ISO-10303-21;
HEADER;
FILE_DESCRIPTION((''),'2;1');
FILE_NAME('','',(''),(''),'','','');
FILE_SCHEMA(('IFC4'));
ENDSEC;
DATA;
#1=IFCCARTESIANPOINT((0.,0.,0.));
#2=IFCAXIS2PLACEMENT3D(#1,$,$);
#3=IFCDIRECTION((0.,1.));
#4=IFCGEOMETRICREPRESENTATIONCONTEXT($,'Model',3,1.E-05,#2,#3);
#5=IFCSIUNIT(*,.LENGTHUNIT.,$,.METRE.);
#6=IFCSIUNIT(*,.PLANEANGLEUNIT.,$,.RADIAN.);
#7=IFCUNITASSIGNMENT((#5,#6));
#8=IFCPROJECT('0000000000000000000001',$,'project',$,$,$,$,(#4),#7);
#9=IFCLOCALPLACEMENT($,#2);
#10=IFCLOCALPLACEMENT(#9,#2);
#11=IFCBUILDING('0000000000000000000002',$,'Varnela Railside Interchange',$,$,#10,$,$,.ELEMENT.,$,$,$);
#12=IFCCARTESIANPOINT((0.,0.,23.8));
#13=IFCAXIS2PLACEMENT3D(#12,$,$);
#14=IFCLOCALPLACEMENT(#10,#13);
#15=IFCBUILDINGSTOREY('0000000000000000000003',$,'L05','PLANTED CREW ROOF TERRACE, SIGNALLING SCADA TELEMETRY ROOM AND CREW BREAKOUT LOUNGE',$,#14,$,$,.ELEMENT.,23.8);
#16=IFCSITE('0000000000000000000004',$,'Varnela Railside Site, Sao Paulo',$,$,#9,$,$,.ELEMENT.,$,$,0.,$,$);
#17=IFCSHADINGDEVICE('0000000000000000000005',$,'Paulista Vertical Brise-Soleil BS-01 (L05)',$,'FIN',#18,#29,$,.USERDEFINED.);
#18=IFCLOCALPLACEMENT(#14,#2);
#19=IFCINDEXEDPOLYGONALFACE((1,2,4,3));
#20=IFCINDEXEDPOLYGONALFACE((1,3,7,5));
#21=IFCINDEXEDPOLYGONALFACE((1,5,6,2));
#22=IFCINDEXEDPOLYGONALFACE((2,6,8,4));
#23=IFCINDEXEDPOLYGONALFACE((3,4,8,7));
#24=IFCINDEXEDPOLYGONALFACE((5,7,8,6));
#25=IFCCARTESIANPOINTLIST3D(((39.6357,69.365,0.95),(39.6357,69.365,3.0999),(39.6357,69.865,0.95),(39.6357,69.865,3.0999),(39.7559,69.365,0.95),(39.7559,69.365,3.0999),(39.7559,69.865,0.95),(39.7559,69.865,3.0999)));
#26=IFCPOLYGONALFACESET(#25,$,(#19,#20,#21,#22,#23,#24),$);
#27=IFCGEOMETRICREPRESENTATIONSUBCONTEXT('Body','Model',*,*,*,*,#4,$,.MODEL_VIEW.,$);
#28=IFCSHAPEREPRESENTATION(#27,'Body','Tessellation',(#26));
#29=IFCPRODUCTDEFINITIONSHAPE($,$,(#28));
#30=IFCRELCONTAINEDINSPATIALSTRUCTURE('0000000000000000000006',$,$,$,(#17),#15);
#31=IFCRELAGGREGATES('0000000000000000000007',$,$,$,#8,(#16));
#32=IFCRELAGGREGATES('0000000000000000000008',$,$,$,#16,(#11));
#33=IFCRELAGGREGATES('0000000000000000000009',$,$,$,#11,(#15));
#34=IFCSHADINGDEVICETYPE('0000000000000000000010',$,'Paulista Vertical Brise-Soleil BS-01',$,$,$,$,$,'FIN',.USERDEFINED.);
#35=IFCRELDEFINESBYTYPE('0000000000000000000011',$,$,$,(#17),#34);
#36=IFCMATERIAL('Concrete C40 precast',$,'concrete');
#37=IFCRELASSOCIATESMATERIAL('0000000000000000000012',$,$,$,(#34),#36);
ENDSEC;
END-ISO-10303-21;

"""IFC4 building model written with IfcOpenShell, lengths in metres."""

from ifc_helpers import new_model, si_unit, direction, frame, origin, origin_2d, place, context, subcontext, project, spatial, rectangle, extrude, material, type_object, element, save


model = new_model("IFC4")

# Units and contexts
model_context = context("Model", 3, precision=1e-05, world=origin(), true_north=direction((0.0, 1.0)))
body_context = subcontext(model_context, "Body", "Model", "MODEL_VIEW")
ifc_project = project(units=[si_unit("LENGTHUNIT", "METRE"), si_unit("PLANEANGLEUNIT", "RADIAN")], contexts=[model_context])

# Site, building, storey
site_placement = place(None, origin())
site = spatial("IfcSite", under=ifc_project, at=site_placement, Name="Varnela Railside Site, Sao Paulo", CompositionType="ELEMENT", RefElevation=0.0)
building_placement = place(site_placement, origin())
building = spatial("IfcBuilding", under=site, at=building_placement, Name="Varnela Railside Interchange", CompositionType="ELEMENT")
storey_placement = place(building_placement, frame((0.0, 0.0, 23.8)))
storey = spatial("IfcBuildingStorey", under=building, at=storey_placement, Name="L05", Description="PLANTED CREW ROOF TERRACE, SIGNALLING SCADA TELEMETRY ROOM AND CREW BREAKOUT LOUNGE", CompositionType="ELEMENT", Elevation=23.8)

# Shared definitions
ifc_material_1 = material(Name="Concrete C40 precast", Category="concrete")

# Shading device
shading_device_type = type_object("IfcShadingDeviceType", Name="Paulista Vertical Brise-Soleil BS-01", ElementType="FIN", PredefinedType="USERDEFINED", material=ifc_material_1)
for number, where, z_axis, x_axis, name in (
    (1, (39.6958, 69.615, 0.95), (0.0, 0.0, 1.0), (0.0, -1.0, 0.0), "Paulista Vertical Brise-Soleil BS-01 (L05)"),
):
    element("IfcShadingDevice", number, at=place(storey_placement, frame(where, z_axis=z_axis, x_axis=x_axis)), inside=storey, type_object=shading_device_type, Name=name, ObjectType="FIN", PredefinedType="USERDEFINED", context=body_context, shape_type="SweptSolid", body=[
        extrude(rectangle(XDim=0.5, YDim=0.1201, at=origin_2d()), origin(), (0.0, 0.0, 1.0), 2.1499),
    ])

save(model, "model.ifc")
